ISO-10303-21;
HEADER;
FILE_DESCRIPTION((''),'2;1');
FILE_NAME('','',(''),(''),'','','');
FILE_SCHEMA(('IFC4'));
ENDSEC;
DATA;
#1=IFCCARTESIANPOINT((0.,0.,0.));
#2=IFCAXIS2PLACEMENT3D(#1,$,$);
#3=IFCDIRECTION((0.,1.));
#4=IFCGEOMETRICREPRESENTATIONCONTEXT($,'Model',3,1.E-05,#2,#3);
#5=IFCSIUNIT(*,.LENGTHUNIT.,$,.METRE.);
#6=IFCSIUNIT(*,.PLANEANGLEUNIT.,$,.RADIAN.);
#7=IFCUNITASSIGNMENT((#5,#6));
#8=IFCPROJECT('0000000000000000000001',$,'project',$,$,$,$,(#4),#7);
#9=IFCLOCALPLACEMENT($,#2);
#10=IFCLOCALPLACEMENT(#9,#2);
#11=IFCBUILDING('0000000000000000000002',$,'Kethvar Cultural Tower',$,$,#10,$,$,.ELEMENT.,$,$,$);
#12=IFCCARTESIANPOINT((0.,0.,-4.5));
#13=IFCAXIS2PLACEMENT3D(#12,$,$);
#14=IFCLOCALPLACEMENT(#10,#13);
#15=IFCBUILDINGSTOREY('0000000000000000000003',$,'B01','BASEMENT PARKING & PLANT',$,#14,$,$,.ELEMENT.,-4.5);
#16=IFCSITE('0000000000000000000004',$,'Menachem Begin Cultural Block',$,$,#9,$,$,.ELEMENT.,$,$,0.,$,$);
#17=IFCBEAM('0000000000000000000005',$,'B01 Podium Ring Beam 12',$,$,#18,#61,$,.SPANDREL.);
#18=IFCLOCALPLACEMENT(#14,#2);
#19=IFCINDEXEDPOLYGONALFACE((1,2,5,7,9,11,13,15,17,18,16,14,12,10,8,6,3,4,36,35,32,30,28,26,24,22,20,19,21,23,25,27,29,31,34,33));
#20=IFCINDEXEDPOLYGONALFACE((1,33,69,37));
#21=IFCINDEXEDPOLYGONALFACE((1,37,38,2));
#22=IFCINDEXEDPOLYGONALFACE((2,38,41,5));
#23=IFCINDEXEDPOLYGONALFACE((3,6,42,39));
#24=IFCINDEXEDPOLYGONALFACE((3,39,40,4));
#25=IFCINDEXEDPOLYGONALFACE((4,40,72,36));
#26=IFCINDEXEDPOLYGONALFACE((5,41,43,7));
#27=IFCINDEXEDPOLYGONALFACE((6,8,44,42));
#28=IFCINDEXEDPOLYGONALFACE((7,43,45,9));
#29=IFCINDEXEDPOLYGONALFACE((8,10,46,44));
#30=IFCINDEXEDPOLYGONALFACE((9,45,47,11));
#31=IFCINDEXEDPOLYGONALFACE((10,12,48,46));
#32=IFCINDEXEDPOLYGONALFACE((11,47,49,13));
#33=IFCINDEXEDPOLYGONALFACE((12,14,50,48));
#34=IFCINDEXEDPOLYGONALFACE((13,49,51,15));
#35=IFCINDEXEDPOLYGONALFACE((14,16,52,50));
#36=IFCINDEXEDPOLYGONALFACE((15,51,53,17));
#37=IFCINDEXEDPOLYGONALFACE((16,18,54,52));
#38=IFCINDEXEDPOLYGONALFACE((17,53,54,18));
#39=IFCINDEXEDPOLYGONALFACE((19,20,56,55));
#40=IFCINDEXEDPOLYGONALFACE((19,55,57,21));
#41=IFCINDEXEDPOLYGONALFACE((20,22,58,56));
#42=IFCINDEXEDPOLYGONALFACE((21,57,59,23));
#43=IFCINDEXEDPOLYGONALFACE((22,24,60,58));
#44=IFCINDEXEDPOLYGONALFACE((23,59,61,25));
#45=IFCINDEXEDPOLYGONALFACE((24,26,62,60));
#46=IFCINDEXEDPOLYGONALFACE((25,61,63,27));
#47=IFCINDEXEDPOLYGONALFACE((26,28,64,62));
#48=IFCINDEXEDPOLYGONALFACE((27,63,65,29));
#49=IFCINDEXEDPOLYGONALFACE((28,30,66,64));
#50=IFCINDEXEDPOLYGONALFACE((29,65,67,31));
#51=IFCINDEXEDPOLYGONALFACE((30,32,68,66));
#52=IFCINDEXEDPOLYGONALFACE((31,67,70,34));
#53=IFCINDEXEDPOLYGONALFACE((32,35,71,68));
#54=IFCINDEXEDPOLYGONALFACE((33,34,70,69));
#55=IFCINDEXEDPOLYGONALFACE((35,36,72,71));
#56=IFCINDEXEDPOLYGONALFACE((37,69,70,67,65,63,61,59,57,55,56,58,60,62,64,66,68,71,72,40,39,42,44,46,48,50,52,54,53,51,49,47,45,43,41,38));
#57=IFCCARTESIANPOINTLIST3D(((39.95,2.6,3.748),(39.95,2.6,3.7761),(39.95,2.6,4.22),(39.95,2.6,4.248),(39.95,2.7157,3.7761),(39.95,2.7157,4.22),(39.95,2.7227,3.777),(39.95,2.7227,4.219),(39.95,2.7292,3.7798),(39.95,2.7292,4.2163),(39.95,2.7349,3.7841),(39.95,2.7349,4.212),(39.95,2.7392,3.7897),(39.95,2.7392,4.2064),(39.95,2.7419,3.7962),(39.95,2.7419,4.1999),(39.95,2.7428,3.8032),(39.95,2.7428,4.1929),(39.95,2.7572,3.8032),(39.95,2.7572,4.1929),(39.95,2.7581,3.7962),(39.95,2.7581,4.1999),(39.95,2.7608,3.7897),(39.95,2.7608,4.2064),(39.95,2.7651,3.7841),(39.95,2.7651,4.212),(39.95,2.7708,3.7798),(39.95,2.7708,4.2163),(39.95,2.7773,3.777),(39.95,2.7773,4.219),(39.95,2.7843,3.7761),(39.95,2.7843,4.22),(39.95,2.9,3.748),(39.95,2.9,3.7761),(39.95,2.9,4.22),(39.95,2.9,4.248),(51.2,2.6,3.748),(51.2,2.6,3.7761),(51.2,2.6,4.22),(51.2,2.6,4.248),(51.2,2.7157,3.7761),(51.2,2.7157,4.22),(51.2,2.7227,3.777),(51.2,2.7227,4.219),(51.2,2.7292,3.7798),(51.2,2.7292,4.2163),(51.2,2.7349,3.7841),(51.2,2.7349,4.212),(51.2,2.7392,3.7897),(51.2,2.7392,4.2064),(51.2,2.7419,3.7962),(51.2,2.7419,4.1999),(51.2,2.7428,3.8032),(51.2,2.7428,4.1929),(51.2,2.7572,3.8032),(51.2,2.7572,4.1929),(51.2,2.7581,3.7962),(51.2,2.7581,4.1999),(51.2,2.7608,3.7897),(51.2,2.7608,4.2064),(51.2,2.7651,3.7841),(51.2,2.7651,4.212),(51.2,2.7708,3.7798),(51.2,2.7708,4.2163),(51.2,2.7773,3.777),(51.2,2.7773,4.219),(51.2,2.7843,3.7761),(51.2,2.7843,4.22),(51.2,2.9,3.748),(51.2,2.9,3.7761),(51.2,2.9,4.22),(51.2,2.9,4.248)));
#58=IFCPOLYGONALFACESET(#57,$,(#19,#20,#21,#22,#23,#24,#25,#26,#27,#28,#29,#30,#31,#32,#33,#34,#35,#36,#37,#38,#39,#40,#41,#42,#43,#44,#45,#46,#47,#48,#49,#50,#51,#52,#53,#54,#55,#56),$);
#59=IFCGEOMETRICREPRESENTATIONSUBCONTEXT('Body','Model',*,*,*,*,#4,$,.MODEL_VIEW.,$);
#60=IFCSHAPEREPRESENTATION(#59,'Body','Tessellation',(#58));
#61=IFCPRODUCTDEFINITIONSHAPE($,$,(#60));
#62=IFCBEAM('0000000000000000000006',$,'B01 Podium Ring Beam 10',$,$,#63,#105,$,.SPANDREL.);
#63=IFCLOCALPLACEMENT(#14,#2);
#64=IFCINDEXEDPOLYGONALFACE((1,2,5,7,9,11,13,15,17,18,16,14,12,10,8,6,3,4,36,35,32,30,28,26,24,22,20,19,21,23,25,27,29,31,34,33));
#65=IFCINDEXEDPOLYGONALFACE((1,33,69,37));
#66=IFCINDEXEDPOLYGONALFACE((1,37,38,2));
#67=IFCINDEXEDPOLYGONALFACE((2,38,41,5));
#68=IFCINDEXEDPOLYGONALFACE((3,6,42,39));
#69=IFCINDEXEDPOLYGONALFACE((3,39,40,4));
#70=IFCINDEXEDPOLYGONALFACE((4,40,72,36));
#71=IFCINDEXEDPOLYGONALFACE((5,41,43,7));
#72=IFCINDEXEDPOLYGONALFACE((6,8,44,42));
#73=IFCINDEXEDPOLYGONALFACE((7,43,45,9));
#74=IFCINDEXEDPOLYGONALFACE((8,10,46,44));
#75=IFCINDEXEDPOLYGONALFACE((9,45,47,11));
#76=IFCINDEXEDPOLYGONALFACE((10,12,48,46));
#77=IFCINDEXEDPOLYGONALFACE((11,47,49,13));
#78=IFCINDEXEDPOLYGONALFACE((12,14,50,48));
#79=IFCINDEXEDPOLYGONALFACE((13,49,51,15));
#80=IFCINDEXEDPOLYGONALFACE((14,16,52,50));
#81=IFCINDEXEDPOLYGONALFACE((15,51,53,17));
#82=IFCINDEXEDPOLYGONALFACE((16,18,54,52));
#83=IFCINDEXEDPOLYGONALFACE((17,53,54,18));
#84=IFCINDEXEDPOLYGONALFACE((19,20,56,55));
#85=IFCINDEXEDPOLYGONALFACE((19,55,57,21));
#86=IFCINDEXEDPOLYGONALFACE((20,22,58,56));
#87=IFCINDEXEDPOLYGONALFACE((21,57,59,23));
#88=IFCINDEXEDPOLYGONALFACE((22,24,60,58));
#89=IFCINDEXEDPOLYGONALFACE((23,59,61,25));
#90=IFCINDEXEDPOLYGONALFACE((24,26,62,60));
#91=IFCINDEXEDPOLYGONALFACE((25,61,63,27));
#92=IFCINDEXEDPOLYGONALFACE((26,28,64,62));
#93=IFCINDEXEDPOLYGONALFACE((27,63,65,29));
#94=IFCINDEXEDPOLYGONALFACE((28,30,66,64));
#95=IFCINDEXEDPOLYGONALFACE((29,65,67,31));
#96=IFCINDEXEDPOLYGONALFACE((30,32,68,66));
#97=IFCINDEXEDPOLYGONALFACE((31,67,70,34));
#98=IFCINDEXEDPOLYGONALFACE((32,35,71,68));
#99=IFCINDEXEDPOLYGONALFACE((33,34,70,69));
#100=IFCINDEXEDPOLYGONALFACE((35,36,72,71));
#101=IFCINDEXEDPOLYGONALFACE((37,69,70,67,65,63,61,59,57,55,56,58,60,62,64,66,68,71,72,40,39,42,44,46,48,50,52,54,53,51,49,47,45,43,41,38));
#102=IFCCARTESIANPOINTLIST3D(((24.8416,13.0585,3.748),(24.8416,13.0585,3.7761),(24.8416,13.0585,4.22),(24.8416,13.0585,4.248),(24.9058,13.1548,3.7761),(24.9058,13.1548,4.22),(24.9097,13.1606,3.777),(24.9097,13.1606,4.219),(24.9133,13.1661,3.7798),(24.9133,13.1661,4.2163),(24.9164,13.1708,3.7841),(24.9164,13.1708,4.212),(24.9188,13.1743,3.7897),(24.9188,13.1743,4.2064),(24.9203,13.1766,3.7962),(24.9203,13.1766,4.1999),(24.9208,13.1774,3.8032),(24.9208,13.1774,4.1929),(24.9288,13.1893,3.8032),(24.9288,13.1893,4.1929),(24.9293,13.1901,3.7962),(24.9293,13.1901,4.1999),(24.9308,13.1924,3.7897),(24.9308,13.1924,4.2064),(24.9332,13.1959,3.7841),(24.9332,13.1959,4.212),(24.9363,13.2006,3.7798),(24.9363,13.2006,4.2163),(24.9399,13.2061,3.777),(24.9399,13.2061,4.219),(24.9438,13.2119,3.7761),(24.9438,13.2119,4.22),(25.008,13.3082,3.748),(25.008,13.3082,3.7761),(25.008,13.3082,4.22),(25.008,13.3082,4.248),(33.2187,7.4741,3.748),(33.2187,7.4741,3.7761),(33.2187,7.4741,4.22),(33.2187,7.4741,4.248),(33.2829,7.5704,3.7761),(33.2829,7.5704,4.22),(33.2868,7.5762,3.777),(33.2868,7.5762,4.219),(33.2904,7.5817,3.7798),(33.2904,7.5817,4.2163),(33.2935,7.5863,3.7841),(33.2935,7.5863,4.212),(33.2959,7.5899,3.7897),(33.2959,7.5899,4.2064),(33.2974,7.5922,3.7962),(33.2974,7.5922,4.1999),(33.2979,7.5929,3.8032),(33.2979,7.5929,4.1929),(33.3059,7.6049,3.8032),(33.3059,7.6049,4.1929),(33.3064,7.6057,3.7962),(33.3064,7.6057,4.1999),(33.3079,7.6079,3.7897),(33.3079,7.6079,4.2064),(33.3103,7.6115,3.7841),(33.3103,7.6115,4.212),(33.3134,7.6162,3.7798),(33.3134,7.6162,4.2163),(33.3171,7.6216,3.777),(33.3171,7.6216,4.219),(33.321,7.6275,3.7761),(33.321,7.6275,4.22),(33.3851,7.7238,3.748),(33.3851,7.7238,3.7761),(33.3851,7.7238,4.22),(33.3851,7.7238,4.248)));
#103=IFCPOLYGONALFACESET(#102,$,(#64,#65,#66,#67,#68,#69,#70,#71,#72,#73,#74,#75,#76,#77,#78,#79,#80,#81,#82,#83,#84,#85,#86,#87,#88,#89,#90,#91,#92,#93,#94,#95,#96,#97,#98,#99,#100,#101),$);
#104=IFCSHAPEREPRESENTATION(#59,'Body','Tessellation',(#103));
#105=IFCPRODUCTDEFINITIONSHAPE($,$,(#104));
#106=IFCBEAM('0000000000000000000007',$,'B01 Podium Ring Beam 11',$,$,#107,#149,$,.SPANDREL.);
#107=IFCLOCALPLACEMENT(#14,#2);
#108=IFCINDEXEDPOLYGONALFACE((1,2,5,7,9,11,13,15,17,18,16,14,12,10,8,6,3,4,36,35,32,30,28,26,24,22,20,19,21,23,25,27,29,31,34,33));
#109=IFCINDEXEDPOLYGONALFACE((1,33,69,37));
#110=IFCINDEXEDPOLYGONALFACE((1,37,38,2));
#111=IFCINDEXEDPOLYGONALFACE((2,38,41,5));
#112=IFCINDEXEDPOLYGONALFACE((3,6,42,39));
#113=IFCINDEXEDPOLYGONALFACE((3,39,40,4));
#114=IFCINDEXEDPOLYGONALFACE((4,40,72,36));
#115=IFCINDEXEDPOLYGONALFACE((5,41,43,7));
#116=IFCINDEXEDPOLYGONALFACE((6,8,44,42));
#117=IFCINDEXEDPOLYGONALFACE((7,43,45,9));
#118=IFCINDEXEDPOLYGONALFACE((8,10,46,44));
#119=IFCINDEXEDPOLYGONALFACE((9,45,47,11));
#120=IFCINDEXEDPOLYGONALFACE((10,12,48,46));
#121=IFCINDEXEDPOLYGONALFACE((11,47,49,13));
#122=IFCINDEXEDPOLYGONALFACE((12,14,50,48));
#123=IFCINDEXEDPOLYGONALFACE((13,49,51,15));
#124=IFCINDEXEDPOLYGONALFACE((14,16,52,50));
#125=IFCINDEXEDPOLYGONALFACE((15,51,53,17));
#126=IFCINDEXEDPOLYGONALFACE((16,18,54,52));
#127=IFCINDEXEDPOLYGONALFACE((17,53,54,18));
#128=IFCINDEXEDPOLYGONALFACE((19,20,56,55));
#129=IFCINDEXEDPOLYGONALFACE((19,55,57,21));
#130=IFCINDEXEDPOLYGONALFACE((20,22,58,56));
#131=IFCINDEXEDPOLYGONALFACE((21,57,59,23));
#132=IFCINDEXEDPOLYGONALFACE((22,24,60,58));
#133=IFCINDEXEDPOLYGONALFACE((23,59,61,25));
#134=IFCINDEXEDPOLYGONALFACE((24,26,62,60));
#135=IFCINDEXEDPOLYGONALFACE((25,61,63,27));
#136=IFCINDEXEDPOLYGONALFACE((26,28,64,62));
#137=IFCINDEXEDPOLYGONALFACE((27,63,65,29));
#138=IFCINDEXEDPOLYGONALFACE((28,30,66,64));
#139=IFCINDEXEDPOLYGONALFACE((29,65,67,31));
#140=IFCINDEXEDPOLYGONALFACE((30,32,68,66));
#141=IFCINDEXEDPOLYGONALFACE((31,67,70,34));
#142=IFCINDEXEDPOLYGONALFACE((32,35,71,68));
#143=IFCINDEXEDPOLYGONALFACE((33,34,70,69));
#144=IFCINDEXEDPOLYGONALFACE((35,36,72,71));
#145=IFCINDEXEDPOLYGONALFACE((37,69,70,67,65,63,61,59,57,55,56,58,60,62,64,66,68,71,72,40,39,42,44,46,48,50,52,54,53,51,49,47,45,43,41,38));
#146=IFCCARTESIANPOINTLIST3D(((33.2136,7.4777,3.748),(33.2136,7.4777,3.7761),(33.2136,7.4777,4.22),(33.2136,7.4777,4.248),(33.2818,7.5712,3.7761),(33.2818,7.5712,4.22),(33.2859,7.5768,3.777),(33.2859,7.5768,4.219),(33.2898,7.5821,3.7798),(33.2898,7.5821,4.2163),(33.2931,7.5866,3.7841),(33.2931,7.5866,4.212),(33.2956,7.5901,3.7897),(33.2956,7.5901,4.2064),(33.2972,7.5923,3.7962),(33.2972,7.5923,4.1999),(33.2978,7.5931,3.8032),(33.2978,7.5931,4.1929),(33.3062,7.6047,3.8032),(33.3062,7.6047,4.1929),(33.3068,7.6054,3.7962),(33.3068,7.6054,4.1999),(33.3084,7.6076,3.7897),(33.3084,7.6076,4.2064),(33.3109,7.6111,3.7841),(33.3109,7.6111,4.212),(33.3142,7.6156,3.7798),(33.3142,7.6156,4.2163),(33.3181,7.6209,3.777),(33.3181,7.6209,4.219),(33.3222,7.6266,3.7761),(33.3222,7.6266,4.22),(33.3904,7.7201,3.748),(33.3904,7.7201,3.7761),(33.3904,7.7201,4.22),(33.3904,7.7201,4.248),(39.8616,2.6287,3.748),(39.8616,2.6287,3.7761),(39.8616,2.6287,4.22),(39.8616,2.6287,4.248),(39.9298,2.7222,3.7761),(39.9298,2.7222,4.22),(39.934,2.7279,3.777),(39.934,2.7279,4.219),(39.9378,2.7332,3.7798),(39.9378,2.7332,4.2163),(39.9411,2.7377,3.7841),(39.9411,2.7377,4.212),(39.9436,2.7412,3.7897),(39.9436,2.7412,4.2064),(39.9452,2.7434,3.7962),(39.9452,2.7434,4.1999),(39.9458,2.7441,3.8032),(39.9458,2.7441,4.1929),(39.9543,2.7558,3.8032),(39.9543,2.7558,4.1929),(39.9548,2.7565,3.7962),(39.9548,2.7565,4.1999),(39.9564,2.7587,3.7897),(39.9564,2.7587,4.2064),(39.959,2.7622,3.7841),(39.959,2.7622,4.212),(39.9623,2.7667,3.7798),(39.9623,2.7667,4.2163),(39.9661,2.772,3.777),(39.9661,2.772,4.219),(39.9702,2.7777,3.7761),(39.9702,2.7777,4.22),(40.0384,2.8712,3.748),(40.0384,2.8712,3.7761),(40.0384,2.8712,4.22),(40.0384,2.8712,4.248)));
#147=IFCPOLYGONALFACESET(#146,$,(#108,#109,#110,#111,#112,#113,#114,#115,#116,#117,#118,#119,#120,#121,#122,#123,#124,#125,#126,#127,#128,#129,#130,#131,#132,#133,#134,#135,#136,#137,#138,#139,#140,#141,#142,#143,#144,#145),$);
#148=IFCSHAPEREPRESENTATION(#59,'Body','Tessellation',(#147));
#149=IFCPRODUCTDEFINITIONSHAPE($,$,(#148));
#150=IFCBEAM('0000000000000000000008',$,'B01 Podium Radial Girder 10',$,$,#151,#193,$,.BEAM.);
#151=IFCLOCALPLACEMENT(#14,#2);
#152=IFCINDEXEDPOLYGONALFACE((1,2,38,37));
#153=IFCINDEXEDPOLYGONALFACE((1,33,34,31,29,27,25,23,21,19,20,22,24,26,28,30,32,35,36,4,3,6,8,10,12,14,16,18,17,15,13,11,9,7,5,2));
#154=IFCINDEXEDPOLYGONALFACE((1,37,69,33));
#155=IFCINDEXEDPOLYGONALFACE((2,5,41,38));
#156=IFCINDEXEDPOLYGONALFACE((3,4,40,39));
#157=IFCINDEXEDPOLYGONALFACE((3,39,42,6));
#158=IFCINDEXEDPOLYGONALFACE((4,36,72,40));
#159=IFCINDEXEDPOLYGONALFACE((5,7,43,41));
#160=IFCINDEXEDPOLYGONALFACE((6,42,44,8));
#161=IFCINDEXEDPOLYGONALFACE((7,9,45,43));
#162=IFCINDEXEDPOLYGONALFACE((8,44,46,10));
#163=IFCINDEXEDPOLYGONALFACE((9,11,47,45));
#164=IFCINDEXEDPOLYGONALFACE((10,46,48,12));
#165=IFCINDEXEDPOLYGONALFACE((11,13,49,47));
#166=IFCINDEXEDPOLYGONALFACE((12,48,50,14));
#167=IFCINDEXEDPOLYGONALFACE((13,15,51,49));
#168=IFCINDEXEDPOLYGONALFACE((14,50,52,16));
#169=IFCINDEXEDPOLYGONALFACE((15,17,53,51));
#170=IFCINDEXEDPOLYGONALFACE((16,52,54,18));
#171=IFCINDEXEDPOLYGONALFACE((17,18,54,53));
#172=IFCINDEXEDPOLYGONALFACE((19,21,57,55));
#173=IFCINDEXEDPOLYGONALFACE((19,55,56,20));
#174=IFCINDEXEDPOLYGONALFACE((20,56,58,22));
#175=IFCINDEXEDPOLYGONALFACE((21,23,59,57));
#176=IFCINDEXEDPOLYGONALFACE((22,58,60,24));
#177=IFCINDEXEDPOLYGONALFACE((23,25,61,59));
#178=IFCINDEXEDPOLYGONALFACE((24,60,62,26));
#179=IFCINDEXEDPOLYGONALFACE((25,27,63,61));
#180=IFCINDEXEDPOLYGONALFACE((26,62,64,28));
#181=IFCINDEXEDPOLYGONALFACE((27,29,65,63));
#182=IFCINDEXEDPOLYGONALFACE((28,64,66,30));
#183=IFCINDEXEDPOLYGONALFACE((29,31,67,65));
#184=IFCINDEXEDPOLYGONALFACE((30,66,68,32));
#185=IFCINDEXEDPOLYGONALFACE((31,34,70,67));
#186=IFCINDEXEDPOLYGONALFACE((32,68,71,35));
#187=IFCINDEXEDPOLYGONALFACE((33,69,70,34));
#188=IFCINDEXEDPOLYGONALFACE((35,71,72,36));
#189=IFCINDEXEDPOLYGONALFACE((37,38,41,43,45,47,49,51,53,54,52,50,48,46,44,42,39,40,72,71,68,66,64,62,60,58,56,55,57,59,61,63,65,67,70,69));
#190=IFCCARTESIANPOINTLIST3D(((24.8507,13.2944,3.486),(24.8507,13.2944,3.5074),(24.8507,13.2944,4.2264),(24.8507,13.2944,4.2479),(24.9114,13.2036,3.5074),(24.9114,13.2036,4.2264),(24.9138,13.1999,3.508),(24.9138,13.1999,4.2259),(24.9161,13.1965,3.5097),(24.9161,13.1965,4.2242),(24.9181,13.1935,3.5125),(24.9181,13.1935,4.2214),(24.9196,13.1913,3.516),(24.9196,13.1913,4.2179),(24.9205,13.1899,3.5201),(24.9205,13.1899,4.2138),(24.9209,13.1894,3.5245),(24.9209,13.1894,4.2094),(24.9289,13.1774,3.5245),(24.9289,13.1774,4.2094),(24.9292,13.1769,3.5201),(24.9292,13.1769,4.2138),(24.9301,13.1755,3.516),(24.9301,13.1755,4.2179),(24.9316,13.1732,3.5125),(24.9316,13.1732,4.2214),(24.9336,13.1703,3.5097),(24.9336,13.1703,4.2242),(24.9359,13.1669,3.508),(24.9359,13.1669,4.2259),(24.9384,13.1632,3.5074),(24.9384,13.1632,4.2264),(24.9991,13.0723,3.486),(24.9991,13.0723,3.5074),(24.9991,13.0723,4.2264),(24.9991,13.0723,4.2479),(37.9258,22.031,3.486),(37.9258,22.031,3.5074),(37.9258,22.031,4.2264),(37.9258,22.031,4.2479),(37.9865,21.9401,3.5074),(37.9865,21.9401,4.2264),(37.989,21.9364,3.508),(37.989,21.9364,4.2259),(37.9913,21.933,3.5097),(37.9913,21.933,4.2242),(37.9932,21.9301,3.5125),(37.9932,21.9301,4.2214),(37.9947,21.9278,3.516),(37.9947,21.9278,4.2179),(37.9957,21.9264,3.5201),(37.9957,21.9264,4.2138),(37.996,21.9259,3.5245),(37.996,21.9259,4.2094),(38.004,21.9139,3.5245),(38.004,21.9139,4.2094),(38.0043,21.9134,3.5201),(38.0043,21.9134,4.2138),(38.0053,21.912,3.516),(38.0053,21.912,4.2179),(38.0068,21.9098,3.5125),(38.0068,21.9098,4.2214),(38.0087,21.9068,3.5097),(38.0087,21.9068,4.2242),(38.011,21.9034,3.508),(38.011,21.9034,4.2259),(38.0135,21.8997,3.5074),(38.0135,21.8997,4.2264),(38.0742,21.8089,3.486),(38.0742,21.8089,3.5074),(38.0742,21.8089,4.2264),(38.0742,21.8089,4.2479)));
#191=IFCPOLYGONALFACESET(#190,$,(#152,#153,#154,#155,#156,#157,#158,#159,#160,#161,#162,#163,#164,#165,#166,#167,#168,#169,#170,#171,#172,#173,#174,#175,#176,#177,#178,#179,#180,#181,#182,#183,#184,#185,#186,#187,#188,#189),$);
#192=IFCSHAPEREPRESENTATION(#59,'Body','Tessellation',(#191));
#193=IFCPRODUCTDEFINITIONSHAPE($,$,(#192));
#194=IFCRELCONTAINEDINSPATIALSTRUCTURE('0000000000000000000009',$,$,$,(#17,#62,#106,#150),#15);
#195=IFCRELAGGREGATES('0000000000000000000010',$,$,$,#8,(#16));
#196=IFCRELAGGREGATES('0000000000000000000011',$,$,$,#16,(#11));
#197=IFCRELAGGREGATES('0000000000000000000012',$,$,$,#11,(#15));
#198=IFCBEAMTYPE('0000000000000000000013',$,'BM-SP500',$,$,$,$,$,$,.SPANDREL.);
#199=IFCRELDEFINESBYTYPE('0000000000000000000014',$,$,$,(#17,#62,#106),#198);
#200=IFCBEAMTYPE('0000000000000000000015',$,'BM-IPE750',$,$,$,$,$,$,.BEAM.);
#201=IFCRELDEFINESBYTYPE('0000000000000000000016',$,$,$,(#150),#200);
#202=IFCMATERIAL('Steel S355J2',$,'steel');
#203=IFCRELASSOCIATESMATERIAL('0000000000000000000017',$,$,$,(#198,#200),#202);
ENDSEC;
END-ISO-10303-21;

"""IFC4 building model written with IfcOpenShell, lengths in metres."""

from ifc_helpers import new_model, si_unit, direction, frame, origin, origin_2d, place, context, subcontext, project, spatial, i_section, extrude, source, transform, mapped, material, material_profile, profile_set, type_object, element, save


model = new_model("IFC4")

# Units and contexts
model_context = context("Model", 3, precision=1e-05, world=origin(), true_north=direction((0.0, 1.0)))
body_context = subcontext(model_context, "Body", "Model", "MODEL_VIEW")
ifc_project = project(units=[si_unit("LENGTHUNIT", "METRE"), si_unit("PLANEANGLEUNIT", "RADIAN")], contexts=[model_context])

# Site, building, storey
site_placement = place(None, origin())
site = spatial("IfcSite", under=ifc_project, at=site_placement, Name="Menachem Begin Cultural Block", CompositionType="ELEMENT", RefElevation=0.0)
building_placement = place(site_placement, origin())
building = spatial("IfcBuilding", under=site, at=building_placement, Name="Kethvar Cultural Tower", CompositionType="ELEMENT")
storey_placement = place(building_placement, frame((0.0, 0.0, -4.5)))
storey = spatial("IfcBuildingStorey", under=building, at=storey_placement, Name="B01", Description="BASEMENT PARKING & PLANT", CompositionType="ELEMENT", Elevation=-4.5)

# Beams
ifc_material_1 = material(Name="Steel S355J2", Category="steel")
ifc_material_profile_1 = material_profile(ifc_material_1, i_section(OverallWidth=0.3, OverallDepth=0.5, WebThickness=0.0144, FlangeThickness=0.0281, FilletRadius=0.0271, at=origin_2d()), Name="Steel S355J2 — HEB500")
ifc_profile_set_1 = profile_set([ifc_material_profile_1], Name="Steel S355J2 — HEB500")
beam_type_1 = type_object("IfcBeamType", Name="BM-SP500", PredefinedType="SPANDREL", material=ifc_profile_set_1)
shared_shape_1 = source(origin(), body_context, "Body", "SweptSolid", [
    extrude(i_section(OverallWidth=0.3, OverallDepth=0.5, WebThickness=0.0144, FlangeThickness=0.0281, FilletRadius=0.0271, at=origin_2d()), origin(), (0.0, 0.0, 1.0), 11.25),
])
beam_1_placement = place(storey_placement, frame((39.95, 2.75, 3.998), z_axis=(1.0, 0.0, 0.0), x_axis=(0.0, 1.0, 0.0)))
element("IfcBeam", 1, at=beam_1_placement, inside=storey, type_object=beam_type_1, Name="B01 Podium Ring Beam 12", PredefinedType="SPANDREL", context=body_context, shape_type="MappedRepresentation", body=[
    mapped(shared_shape_1, transform((0.0, 0.0, 0.0), scale=1.0)),
])
shared_shape_2 = source(origin(), body_context, "Body", "SweptSolid", [
    extrude(i_section(OverallWidth=0.3, OverallDepth=0.5, WebThickness=0.0144, FlangeThickness=0.0281, FilletRadius=0.0271, at=origin_2d()), origin(), (0.0, 0.0, 1.0), 10.0679),
])
beam_2_placement = place(storey_placement, frame((24.9248, 13.1833, 3.998), z_axis=(0.832065, -0.554678, 0.0), x_axis=(0.554678, 0.832065, 0.0)))
element("IfcBeam", 2, at=beam_2_placement, inside=storey, type_object=beam_type_1, Name="B01 Podium Ring Beam 10", PredefinedType="SPANDREL", context=body_context, shape_type="MappedRepresentation", body=[
    mapped(shared_shape_2, transform((0.0, 0.0, 0.0), scale=1.0)),
])
shared_shape_3 = source(origin(), body_context, "Body", "SweptSolid", [
    extrude(i_section(OverallWidth=0.3, OverallDepth=0.5, WebThickness=0.0144, FlangeThickness=0.0281, FilletRadius=0.0271, at=origin_2d()), origin(), (0.0, 0.0, 1.0), 8.2285),
])
beam_3_placement = place(storey_placement, frame((33.302, 7.5989, 3.998), z_axis=(0.807926, -0.589284, 0.0), x_axis=(0.589284, 0.807926, 0.0)))
element("IfcBeam", 3, at=beam_3_placement, inside=storey, type_object=beam_type_1, Name="B01 Podium Ring Beam 11", PredefinedType="SPANDREL", context=body_context, shape_type="MappedRepresentation", body=[
    mapped(shared_shape_3, transform((0.0, 0.0, 0.0), scale=1.0)),
])
ifc_material_profile_2 = material_profile(ifc_material_1, i_section(OverallWidth=0.2671, OverallDepth=0.762, WebThickness=0.0144, FlangeThickness=0.0215, FilletRadius=0.0171, at=origin_2d()), Name="Steel S355J2 — IPE750x173")
ifc_profile_set_2 = profile_set([ifc_material_profile_2], Name="Steel S355J2 — IPE750x173")
beam_type_2 = type_object("IfcBeamType", Name="BM-IPE750", PredefinedType="BEAM", material=ifc_profile_set_2)
shared_shape_4 = source(origin(), body_context, "Body", "SweptSolid", [
    extrude(i_section(OverallWidth=0.2671, OverallDepth=0.762, WebThickness=0.0144, FlangeThickness=0.0215, FilletRadius=0.0171, at=origin_2d()), origin(), (0.0, 0.0, 1.0), 15.7253),
])
beam_4_placement = place(storey_placement, frame((38.0, 21.9199, 3.8669), z_axis=(-0.831469, -0.55557, 0.0), x_axis=(0.55557, -0.831469, 0.0)))
element("IfcBeam", 4, at=beam_4_placement, inside=storey, type_object=beam_type_2, Name="B01 Podium Radial Girder 10", PredefinedType="BEAM", context=body_context, shape_type="MappedRepresentation", body=[
    mapped(shared_shape_4, transform((0.0, 0.0, 0.0), scale=1.0)),
])

save(model, "model.ifc")
